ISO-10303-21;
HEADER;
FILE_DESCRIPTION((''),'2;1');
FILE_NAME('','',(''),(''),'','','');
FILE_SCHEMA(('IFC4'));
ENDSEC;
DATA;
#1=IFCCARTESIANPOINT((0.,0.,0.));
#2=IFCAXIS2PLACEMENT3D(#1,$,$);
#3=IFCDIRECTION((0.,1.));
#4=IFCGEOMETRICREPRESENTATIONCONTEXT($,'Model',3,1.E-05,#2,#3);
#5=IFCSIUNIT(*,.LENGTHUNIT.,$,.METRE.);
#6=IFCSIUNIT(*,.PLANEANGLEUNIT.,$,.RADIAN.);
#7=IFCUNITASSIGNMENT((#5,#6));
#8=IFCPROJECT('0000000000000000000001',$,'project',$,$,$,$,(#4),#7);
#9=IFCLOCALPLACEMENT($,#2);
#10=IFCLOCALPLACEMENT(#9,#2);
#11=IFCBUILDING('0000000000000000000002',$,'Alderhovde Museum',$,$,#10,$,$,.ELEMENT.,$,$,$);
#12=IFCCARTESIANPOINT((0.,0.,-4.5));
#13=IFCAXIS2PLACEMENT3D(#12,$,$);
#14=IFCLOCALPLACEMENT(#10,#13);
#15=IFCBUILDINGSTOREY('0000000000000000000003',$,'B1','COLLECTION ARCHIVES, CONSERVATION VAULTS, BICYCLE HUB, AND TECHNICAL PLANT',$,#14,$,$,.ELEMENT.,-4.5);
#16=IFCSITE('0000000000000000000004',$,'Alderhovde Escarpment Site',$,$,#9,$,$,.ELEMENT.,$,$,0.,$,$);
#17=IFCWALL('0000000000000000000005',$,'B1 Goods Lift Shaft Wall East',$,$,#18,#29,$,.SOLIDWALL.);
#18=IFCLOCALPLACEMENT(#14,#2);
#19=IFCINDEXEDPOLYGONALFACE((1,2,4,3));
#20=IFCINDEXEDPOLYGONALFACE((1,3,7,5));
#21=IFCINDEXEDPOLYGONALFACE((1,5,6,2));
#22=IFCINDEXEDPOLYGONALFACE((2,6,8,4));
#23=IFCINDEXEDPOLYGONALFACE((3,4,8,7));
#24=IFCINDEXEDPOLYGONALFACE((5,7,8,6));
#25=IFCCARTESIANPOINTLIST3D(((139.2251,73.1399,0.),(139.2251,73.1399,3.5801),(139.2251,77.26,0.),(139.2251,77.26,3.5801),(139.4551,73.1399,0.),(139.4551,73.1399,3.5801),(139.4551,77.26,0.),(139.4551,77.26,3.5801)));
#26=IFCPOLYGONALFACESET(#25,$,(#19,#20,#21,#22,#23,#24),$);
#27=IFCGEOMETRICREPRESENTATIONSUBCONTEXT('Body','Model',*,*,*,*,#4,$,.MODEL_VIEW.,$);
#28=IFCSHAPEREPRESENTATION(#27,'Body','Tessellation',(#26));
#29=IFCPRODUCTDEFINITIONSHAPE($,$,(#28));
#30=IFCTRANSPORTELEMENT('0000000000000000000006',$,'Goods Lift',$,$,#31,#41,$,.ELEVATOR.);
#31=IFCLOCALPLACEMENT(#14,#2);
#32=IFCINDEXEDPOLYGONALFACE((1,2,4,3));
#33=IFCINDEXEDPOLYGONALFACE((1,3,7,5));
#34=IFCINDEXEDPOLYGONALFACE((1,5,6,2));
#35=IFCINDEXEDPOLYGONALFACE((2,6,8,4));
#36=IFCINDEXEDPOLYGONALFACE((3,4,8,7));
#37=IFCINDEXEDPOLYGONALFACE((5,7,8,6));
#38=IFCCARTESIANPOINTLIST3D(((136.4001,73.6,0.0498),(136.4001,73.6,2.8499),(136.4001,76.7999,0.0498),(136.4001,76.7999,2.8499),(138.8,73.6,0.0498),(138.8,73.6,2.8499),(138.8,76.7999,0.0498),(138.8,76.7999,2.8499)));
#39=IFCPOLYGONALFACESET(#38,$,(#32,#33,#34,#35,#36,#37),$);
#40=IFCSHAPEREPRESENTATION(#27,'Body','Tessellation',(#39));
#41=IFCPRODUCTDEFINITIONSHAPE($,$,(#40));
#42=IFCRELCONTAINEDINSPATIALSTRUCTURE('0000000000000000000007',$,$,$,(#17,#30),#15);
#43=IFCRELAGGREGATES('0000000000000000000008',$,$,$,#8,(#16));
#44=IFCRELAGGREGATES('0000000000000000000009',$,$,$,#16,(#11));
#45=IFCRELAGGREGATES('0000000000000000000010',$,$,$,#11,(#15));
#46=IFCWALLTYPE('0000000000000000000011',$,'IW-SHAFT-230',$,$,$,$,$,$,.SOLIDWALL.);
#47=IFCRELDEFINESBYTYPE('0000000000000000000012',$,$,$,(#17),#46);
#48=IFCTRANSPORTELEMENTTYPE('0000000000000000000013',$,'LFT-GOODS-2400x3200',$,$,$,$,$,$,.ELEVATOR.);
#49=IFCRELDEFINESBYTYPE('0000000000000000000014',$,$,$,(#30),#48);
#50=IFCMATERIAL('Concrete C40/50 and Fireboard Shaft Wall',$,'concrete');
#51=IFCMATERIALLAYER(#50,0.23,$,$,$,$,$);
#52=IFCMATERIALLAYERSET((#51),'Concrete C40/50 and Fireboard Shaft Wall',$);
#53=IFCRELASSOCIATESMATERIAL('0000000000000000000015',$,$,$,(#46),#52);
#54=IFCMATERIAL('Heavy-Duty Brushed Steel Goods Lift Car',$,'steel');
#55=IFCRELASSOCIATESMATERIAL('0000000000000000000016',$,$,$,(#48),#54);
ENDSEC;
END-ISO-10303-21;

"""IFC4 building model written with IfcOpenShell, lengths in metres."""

from ifc_helpers import new_model, si_unit, direction, frame, frame_2d, origin, origin_2d, place, context, subcontext, project, spatial, rectangle, extrude, material, layer, layer_set, type_object, element, save


model = new_model("IFC4")

# Units and contexts
model_context = context("Model", 3, precision=1e-05, world=origin(), true_north=direction((0.0, 1.0)))
body_context = subcontext(model_context, "Body", "Model", "MODEL_VIEW")
ifc_project = project(units=[si_unit("LENGTHUNIT", "METRE"), si_unit("PLANEANGLEUNIT", "RADIAN")], contexts=[model_context])

# Site, building, storey
site_placement = place(None, origin())
site = spatial("IfcSite", under=ifc_project, at=site_placement, Name="Alderhovde Escarpment Site", CompositionType="ELEMENT", RefElevation=0.0)
building_placement = place(site_placement, origin())
building = spatial("IfcBuilding", under=site, at=building_placement, Name="Alderhovde Museum", CompositionType="ELEMENT")
storey_placement = place(building_placement, frame((0.0, 0.0, -4.5)))
storey = spatial("IfcBuildingStorey", under=building, at=storey_placement, Name="B1", Description="COLLECTION ARCHIVES, CONSERVATION VAULTS, BICYCLE HUB, AND TECHNICAL PLANT", CompositionType="ELEMENT", Elevation=-4.5)

# Shared definitions
ifc_material_1 = material(Name="Concrete C40/50 and Fireboard Shaft Wall", Category="concrete")
ifc_layer = layer(ifc_material_1, 0.23)
ifc_layer_set = layer_set([ifc_layer], Name="Concrete C40/50 and Fireboard Shaft Wall")
wall_type = type_object("IfcWallType", Name="IW-SHAFT-230", PredefinedType="SOLIDWALL", material=ifc_layer_set)

# Wall
for number, where, z_axis, x_axis, name in (
    (1, (139.3401, 73.1399, 0.0), (0.0, 0.0, 1.0), (0.0, 1.0, 0.0), "B1 Goods Lift Shaft Wall East"),
):
    element("IfcWall", number, at=place(storey_placement, frame(where, z_axis=z_axis, x_axis=x_axis)), inside=storey, type_object=wall_type, Name=name, PredefinedType="SOLIDWALL", context=body_context, shape_type="SweptSolid", body=[
        extrude(rectangle(XDim=4.1201, YDim=0.23, at=frame_2d((2.0601, 0.0))), origin(), (0.0, 0.0, 1.0), 3.5801),
    ])

# Transport element
ifc_material_2 = material(Name="Heavy-Duty Brushed Steel Goods Lift Car", Category="steel")
transport_element_type = type_object("IfcTransportElementType", Name="LFT-GOODS-2400x3200", PredefinedType="ELEVATOR", material=ifc_material_2)
transport_element_placement = place(storey_placement, frame((137.6001, 75.2, 0.0498), z_axis=(0.0, 0.0, 1.0), x_axis=(1.0, 0.0, 0.0)))
element("IfcTransportElement", 2, at=transport_element_placement, inside=storey, type_object=transport_element_type, Name="Goods Lift", PredefinedType="ELEVATOR", context=body_context, shape_type="SweptSolid", body=[
    extrude(rectangle(XDim=2.3999, YDim=3.2, at=origin_2d()), origin(), (0.0, 0.0, 1.0), 2.8),
])

save(model, "model.ifc")
